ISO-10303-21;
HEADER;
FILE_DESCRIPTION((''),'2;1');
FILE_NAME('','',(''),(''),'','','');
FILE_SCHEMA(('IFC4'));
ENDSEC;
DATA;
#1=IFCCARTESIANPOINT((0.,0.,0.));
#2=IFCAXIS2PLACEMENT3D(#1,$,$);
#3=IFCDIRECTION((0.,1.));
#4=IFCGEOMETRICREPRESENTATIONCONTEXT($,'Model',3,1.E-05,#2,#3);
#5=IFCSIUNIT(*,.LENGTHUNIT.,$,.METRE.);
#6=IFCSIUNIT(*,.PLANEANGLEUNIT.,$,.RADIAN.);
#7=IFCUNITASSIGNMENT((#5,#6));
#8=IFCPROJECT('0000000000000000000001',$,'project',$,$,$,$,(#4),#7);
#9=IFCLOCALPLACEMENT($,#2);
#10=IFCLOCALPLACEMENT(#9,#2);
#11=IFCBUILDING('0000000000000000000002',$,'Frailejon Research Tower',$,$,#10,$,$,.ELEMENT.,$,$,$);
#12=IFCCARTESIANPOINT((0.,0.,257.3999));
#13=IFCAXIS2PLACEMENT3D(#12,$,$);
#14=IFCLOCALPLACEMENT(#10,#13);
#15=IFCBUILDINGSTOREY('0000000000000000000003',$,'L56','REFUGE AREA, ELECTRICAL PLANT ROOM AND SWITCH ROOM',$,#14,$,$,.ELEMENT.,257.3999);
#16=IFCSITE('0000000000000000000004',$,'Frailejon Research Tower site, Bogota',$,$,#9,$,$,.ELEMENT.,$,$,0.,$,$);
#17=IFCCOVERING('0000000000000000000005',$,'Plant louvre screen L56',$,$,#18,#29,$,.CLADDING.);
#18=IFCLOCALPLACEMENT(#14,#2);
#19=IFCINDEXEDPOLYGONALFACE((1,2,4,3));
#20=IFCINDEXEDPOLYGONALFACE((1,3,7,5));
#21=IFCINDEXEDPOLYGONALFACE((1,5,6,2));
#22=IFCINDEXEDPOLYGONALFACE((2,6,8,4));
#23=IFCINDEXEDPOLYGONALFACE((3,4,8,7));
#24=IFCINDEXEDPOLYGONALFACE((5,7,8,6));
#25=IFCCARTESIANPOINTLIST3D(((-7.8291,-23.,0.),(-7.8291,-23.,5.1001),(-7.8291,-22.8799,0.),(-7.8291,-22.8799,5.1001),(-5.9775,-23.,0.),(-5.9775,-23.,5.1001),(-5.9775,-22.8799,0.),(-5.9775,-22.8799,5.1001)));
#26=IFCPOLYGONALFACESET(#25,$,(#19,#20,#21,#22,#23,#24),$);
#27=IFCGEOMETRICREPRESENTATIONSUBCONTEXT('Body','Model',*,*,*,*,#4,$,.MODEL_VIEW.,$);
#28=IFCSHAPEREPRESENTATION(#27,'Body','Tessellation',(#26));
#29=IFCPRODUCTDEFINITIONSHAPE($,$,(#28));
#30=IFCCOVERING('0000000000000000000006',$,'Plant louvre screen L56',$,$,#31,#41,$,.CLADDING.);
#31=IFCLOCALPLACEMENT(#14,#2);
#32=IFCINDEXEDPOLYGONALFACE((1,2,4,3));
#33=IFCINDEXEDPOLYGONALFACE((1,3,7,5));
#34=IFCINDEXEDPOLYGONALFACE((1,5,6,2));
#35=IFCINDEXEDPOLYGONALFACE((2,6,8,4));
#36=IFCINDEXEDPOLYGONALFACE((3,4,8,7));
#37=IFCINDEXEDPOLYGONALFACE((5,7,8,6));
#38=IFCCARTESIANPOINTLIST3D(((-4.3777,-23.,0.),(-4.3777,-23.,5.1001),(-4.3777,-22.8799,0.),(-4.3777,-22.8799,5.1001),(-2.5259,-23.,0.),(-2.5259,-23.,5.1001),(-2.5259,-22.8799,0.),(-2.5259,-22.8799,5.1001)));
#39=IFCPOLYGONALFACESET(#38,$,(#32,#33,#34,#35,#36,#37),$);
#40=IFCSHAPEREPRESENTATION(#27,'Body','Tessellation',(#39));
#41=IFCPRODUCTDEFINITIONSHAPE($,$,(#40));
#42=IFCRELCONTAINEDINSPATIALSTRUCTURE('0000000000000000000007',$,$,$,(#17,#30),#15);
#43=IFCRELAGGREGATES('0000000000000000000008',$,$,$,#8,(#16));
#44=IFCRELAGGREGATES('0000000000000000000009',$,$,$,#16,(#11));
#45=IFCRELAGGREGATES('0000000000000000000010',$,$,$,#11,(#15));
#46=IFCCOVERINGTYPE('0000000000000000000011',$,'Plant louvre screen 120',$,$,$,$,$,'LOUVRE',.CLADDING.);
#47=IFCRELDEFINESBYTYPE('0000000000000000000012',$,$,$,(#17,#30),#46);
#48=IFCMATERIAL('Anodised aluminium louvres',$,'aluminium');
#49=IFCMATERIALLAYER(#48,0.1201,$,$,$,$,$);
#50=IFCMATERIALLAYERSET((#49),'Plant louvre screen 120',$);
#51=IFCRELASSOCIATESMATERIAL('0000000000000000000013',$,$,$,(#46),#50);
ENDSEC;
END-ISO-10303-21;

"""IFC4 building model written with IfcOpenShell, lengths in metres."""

from ifc_helpers import new_model, si_unit, direction, frame, origin, place, context, subcontext, project, spatial, polyline, outline, extrude, material, layer, layer_set, type_object, element, save


model = new_model("IFC4")

# Units and contexts
model_context = context("Model", 3, precision=1e-05, world=origin(), true_north=direction((0.0, 1.0)))
body_context = subcontext(model_context, "Body", "Model", "MODEL_VIEW")
ifc_project = project(units=[si_unit("LENGTHUNIT", "METRE"), si_unit("PLANEANGLEUNIT", "RADIAN")], contexts=[model_context])

# Site, building, storey
site_placement = place(None, origin())
site = spatial("IfcSite", under=ifc_project, at=site_placement, Name="Frailejon Research Tower site, Bogota", CompositionType="ELEMENT", RefElevation=0.0)
building_placement = place(site_placement, origin())
building = spatial("IfcBuilding", under=site, at=building_placement, Name="Frailejon Research Tower", CompositionType="ELEMENT")
storey_placement = place(building_placement, frame((0.0, 0.0, 257.3999)))
storey = spatial("IfcBuildingStorey", under=building, at=storey_placement, Name="L56", Description="REFUGE AREA, ELECTRICAL PLANT ROOM AND SWITCH ROOM", CompositionType="ELEMENT", Elevation=257.3999)

# Coverings
ifc_material_1 = material(Name="Anodised aluminium louvres", Category="aluminium")
ifc_layer_1 = layer(ifc_material_1, 0.1201)
ifc_layer_set_1 = layer_set([ifc_layer_1], Name="Plant louvre screen 120")
covering_type = type_object("IfcCoveringType", Name="Plant louvre screen 120", ElementType="LOUVRE", PredefinedType="CLADDING", material=ifc_layer_set_1)
covering_1_placement = place(storey_placement, frame((-5.9775, -23.0, 0.0), z_axis=(-1.0, 0.0, 0.0), x_axis=(0.0, -1.0, 0.0)))
element("IfcCovering", 1, at=covering_1_placement, inside=storey, type_object=covering_type, Name="Plant louvre screen L56", PredefinedType="CLADDING", context=body_context, shape_type="SweptSolid", body=[
    extrude(outline(polyline([(-0.1201, 0.0), (0.0, 0.0), (0.0, 5.1001), (-0.1201, 5.1001), (-0.1201, 0.0)])), origin(), (0.0, 0.0, 1.0), 1.8516),
])
covering_2_placement = place(storey_placement, frame((-2.5259, -23.0, 0.0), z_axis=(-1.0, 0.0, 0.0), x_axis=(0.0, -1.0, 0.0)))
element("IfcCovering", 2, at=covering_2_placement, inside=storey, type_object=covering_type, Name="Plant louvre screen L56", PredefinedType="CLADDING", context=body_context, shape_type="SweptSolid", body=[
    extrude(outline(polyline([(-0.1201, 0.0), (0.0, 0.0), (0.0, 5.1001), (-0.1201, 5.1001), (-0.1201, 0.0)])), origin(), (0.0, 0.0, 1.0), 1.8518),
])

save(model, "model.ifc")
